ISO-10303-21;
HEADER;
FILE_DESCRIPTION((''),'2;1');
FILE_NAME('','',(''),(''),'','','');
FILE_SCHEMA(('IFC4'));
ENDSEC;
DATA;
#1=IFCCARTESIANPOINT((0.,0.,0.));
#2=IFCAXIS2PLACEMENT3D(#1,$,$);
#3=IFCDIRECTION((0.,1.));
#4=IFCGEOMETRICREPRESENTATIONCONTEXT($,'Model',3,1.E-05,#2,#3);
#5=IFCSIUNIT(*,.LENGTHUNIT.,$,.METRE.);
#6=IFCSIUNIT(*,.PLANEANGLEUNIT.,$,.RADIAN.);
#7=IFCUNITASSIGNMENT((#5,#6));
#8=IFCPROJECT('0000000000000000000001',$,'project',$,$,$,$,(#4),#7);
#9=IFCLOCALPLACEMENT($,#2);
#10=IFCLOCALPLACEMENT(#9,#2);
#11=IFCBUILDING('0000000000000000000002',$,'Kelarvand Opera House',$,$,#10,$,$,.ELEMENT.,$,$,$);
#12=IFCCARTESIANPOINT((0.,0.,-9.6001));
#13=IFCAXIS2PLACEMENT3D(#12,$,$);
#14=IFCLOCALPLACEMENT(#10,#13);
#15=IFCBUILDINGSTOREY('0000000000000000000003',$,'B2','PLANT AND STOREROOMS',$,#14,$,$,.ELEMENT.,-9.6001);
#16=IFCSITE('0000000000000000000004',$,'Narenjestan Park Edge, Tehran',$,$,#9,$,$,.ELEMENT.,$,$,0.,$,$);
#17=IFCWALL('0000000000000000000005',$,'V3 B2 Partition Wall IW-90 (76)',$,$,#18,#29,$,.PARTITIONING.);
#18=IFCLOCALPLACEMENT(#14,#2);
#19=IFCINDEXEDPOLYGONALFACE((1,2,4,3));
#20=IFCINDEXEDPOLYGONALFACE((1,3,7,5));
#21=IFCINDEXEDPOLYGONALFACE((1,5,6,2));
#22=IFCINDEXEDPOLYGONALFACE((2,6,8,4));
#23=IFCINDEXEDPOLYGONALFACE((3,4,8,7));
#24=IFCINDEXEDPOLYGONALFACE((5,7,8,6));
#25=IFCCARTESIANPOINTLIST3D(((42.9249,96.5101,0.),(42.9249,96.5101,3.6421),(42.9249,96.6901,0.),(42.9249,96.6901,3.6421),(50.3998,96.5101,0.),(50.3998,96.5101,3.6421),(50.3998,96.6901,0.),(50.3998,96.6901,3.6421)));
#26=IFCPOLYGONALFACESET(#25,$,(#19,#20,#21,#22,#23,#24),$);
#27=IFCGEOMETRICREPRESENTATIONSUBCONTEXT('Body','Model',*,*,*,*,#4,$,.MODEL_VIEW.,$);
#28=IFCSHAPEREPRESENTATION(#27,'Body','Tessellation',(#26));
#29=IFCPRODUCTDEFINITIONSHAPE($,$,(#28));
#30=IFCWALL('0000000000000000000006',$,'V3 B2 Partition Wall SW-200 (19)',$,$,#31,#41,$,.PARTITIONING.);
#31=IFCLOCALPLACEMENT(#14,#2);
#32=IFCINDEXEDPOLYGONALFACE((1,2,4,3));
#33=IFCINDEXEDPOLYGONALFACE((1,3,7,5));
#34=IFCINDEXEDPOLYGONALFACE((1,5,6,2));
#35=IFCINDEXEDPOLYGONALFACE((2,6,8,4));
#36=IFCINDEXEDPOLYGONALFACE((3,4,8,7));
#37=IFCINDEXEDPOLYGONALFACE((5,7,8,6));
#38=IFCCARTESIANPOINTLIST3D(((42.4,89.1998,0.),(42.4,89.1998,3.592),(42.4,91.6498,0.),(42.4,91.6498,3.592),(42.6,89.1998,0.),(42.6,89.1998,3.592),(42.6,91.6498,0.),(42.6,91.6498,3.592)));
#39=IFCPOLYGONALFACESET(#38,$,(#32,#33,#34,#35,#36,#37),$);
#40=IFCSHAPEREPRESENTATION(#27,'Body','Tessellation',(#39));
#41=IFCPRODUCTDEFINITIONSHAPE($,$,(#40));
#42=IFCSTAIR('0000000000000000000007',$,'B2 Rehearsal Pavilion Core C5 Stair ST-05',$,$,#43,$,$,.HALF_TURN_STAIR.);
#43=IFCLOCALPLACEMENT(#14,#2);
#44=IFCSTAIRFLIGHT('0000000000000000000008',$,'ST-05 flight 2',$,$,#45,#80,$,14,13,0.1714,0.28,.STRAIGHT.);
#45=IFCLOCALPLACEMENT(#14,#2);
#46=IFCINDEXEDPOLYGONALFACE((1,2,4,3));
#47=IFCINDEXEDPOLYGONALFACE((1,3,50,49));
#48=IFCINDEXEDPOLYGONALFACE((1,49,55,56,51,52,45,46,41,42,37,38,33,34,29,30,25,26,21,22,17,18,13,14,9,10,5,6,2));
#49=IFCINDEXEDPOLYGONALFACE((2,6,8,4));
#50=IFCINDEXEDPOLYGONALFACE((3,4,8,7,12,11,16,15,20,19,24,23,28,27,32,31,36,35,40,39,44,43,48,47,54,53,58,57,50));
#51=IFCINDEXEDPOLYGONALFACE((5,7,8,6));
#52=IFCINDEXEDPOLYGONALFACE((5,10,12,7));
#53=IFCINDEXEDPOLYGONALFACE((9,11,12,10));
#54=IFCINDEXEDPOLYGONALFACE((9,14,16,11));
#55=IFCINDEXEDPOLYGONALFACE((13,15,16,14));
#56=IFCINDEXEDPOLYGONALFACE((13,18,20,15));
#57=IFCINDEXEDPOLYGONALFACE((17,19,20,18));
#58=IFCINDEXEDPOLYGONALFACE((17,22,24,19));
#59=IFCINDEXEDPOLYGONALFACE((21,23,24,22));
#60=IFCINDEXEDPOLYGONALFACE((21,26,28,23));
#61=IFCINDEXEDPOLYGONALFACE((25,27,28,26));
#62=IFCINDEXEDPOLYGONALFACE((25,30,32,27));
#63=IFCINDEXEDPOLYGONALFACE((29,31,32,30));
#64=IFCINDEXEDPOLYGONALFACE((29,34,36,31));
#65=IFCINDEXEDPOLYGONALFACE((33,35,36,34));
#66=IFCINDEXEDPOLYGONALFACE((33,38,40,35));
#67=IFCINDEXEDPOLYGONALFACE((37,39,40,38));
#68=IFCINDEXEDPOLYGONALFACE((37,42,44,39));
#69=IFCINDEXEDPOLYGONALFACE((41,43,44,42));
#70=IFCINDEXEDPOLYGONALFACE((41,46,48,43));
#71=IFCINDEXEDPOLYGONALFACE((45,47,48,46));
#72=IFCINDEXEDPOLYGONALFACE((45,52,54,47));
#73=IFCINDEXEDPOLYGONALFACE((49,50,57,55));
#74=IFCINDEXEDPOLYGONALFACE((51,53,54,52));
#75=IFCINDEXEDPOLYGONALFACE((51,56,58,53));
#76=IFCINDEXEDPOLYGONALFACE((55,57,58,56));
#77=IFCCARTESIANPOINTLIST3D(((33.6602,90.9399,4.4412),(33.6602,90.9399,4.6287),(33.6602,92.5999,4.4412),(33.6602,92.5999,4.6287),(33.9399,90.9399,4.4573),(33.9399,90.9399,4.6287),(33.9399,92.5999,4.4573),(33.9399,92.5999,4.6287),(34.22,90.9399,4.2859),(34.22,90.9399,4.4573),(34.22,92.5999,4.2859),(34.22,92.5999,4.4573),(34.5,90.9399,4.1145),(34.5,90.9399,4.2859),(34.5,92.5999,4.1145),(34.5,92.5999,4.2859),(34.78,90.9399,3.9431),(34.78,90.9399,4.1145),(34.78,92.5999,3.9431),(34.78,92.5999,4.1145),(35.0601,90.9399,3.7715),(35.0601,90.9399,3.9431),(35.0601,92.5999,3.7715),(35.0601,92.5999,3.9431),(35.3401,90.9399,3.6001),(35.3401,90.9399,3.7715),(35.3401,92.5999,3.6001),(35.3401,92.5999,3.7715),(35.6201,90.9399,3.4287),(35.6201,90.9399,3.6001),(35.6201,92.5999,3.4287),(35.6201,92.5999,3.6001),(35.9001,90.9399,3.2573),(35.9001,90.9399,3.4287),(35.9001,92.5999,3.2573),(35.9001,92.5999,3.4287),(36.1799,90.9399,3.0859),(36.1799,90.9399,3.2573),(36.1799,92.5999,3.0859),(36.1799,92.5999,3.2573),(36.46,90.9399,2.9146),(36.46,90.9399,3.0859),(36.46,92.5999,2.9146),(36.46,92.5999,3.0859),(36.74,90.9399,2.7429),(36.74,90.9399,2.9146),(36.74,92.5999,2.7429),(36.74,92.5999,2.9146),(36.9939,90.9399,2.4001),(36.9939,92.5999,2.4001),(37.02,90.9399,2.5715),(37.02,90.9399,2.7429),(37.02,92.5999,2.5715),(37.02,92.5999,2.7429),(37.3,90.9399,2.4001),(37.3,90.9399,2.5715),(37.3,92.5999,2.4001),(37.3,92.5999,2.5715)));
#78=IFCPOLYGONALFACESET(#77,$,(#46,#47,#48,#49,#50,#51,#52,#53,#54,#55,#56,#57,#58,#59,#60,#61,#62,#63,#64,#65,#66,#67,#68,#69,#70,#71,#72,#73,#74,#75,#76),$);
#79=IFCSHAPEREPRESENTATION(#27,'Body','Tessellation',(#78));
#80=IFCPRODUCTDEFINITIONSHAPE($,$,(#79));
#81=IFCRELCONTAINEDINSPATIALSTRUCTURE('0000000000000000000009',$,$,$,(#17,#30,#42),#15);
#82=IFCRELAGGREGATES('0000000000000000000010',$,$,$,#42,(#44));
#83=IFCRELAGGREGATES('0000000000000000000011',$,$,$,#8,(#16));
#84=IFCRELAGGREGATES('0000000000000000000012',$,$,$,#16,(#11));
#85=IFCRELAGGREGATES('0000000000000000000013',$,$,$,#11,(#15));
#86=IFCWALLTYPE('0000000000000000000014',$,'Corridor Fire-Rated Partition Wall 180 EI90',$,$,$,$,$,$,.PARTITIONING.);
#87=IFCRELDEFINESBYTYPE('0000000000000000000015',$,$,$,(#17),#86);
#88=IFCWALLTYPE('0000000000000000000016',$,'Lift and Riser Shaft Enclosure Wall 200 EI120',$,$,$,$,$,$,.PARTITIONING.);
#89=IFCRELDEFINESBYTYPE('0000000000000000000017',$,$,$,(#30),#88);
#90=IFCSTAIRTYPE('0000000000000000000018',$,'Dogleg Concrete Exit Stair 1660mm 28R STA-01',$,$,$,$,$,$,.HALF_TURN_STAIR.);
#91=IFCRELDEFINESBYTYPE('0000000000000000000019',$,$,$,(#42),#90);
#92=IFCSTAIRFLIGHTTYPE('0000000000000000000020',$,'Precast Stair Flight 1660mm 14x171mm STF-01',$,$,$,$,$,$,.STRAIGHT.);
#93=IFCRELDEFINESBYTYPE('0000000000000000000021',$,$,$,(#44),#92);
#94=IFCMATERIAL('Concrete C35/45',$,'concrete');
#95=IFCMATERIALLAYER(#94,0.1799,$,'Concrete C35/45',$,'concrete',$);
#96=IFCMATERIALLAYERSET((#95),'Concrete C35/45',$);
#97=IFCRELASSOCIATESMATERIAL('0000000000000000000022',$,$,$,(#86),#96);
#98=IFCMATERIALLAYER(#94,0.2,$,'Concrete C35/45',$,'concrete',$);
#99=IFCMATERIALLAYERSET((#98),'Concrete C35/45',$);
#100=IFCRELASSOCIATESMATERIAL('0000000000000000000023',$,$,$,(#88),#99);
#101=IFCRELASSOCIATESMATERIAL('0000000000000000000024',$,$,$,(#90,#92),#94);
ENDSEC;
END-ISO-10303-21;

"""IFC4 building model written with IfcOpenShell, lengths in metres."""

from ifc_helpers import new_model, si_unit, direction, frame, frame_2d, origin, place, context, subcontext, project, spatial, polyline, rectangle, outline, extrude, material, layer, layer_set, type_object, element, aggregate, save


model = new_model("IFC4")

# Units and contexts
model_context = context("Model", 3, precision=1e-05, world=origin(), true_north=direction((0.0, 1.0)))
body_context = subcontext(model_context, "Body", "Model", "MODEL_VIEW")
ifc_project = project(units=[si_unit("LENGTHUNIT", "METRE"), si_unit("PLANEANGLEUNIT", "RADIAN")], contexts=[model_context])

# Site, building, storey
site_placement = place(None, origin())
site = spatial("IfcSite", under=ifc_project, at=site_placement, Name="Narenjestan Park Edge, Tehran", CompositionType="ELEMENT", RefElevation=0.0)
building_placement = place(site_placement, origin())
building = spatial("IfcBuilding", under=site, at=building_placement, Name="Kelarvand Opera House", CompositionType="ELEMENT")
storey_placement = place(building_placement, frame((0.0, 0.0, -9.6001)))
storey = spatial("IfcBuildingStorey", under=building, at=storey_placement, Name="B2", Description="PLANT AND STOREROOMS", CompositionType="ELEMENT", Elevation=-9.6001)

# Shared definitions
ifc_material_1 = material(Name="Concrete C35/45", Category="concrete")
ifc_layer_1 = layer(ifc_material_1, 0.1799, Name="Concrete C35/45", Category="concrete")
ifc_layer_set_1 = layer_set([ifc_layer_1], Name="Concrete C35/45")
wall_type_1 = type_object("IfcWallType", Name="Corridor Fire-Rated Partition Wall 180 EI90", PredefinedType="PARTITIONING", material=ifc_layer_set_1)

# Wall
wall_1_placement = place(storey_placement, frame((42.925, 96.6001, 0.0), z_axis=(0.0, 0.0, 1.0), x_axis=(1.0, 0.0, 0.0)))
element("IfcWall", 1, at=wall_1_placement, inside=storey, type_object=wall_type_1, Name="V3 B2 Partition Wall IW-90 (76)", PredefinedType="PARTITIONING", context=body_context, shape_type="SweptSolid", body=[
    extrude(rectangle(XDim=7.4749, YDim=0.1799, at=frame_2d((3.7373, 0.0))), origin(), (0.0, 0.0, 1.0), 3.6421),
])

# Shared definitions
ifc_layer_2 = layer(ifc_material_1, 0.2, Name="Concrete C35/45", Category="concrete")
ifc_layer_set_2 = layer_set([ifc_layer_2], Name="Concrete C35/45")
wall_type_2 = type_object("IfcWallType", Name="Lift and Riser Shaft Enclosure Wall 200 EI120", PredefinedType="PARTITIONING", material=ifc_layer_set_2)

# Wall
wall_2_placement = place(storey_placement, frame((42.5, 91.6499, 0.0), z_axis=(0.0, 0.0, 1.0), x_axis=(0.0, -1.0, 0.0)))
element("IfcWall", 2, at=wall_2_placement, inside=storey, type_object=wall_type_2, Name="V3 B2 Partition Wall SW-200 (19)", PredefinedType="PARTITIONING", context=body_context, shape_type="SweptSolid", body=[
    extrude(rectangle(XDim=2.45, YDim=0.2, at=frame_2d((1.2251, 0.0))), origin(), (0.0, 0.0, 1.0), 3.592),
])

# Stair, stair flight
stair_type = type_object("IfcStairType", Name="Dogleg Concrete Exit Stair 1660mm 28R STA-01", PredefinedType="HALF_TURN_STAIR", material=ifc_material_1)
stair_placement = place(storey_placement, origin())
stair = element("IfcStair", 3, at=stair_placement, inside=storey, type_object=stair_type, Name="B2 Rehearsal Pavilion Core C5 Stair ST-05", PredefinedType="HALF_TURN_STAIR")
stair_flight_type = type_object("IfcStairFlightType", Name="Precast Stair Flight 1660mm 14x171mm STF-01", PredefinedType="STRAIGHT", material=ifc_material_1)
stair_flight_placement = place(storey_placement, frame((37.3, 91.77, 2.4001), z_axis=(0.0, 0.0, 1.0), x_axis=(-1.0, 0.0, 0.0)))
stair_flight = element("IfcStairFlight", 4, at=stair_flight_placement, type_object=stair_flight_type, Name="ST-05 flight 2", NumberOfRisers=14, NumberOfTreads=13, PredefinedType="STRAIGHT", RiserHeight=0.1714, TreadLength=0.28, context=body_context, shape_type="SweptSolid", body=[
    extrude(outline(polyline([(0.0, 0.0), (0.0, 0.1714), (0.28, 0.1714), (0.28, 0.3428), (0.5601, 0.3428), (0.5601, 0.5144), (0.8401, 0.5144), (0.8401, 0.6858), (1.1201, 0.6858), (1.1201, 0.8572), (1.3999, 0.8572), (1.3999, 1.0286), (1.6799, 1.0286), (1.6799, 1.2), (1.96, 1.2), (1.96, 1.3713), (2.24, 1.3713), (2.24, 1.543), (2.52, 1.543), (2.52, 1.7144), (2.8, 1.7144), (2.8, 1.8857), (3.0801, 1.8857), (3.0801, 2.0571), (3.3601, 2.0571), (3.3601, 2.2285), (3.6399, 2.2285), (3.6399, 2.3999), (3.6399, 2.041), (0.3062, 0.0), (0.0, 0.0)])), frame((0.0, 0.8301, 0.0), z_axis=(0.0, -1.0, 0.0), x_axis=(1.0, 0.0, 0.0)), (0.0, 0.0, 1.0), 1.6599),
])
aggregate(stair, [stair_flight])

save(model, "model.ifc")
